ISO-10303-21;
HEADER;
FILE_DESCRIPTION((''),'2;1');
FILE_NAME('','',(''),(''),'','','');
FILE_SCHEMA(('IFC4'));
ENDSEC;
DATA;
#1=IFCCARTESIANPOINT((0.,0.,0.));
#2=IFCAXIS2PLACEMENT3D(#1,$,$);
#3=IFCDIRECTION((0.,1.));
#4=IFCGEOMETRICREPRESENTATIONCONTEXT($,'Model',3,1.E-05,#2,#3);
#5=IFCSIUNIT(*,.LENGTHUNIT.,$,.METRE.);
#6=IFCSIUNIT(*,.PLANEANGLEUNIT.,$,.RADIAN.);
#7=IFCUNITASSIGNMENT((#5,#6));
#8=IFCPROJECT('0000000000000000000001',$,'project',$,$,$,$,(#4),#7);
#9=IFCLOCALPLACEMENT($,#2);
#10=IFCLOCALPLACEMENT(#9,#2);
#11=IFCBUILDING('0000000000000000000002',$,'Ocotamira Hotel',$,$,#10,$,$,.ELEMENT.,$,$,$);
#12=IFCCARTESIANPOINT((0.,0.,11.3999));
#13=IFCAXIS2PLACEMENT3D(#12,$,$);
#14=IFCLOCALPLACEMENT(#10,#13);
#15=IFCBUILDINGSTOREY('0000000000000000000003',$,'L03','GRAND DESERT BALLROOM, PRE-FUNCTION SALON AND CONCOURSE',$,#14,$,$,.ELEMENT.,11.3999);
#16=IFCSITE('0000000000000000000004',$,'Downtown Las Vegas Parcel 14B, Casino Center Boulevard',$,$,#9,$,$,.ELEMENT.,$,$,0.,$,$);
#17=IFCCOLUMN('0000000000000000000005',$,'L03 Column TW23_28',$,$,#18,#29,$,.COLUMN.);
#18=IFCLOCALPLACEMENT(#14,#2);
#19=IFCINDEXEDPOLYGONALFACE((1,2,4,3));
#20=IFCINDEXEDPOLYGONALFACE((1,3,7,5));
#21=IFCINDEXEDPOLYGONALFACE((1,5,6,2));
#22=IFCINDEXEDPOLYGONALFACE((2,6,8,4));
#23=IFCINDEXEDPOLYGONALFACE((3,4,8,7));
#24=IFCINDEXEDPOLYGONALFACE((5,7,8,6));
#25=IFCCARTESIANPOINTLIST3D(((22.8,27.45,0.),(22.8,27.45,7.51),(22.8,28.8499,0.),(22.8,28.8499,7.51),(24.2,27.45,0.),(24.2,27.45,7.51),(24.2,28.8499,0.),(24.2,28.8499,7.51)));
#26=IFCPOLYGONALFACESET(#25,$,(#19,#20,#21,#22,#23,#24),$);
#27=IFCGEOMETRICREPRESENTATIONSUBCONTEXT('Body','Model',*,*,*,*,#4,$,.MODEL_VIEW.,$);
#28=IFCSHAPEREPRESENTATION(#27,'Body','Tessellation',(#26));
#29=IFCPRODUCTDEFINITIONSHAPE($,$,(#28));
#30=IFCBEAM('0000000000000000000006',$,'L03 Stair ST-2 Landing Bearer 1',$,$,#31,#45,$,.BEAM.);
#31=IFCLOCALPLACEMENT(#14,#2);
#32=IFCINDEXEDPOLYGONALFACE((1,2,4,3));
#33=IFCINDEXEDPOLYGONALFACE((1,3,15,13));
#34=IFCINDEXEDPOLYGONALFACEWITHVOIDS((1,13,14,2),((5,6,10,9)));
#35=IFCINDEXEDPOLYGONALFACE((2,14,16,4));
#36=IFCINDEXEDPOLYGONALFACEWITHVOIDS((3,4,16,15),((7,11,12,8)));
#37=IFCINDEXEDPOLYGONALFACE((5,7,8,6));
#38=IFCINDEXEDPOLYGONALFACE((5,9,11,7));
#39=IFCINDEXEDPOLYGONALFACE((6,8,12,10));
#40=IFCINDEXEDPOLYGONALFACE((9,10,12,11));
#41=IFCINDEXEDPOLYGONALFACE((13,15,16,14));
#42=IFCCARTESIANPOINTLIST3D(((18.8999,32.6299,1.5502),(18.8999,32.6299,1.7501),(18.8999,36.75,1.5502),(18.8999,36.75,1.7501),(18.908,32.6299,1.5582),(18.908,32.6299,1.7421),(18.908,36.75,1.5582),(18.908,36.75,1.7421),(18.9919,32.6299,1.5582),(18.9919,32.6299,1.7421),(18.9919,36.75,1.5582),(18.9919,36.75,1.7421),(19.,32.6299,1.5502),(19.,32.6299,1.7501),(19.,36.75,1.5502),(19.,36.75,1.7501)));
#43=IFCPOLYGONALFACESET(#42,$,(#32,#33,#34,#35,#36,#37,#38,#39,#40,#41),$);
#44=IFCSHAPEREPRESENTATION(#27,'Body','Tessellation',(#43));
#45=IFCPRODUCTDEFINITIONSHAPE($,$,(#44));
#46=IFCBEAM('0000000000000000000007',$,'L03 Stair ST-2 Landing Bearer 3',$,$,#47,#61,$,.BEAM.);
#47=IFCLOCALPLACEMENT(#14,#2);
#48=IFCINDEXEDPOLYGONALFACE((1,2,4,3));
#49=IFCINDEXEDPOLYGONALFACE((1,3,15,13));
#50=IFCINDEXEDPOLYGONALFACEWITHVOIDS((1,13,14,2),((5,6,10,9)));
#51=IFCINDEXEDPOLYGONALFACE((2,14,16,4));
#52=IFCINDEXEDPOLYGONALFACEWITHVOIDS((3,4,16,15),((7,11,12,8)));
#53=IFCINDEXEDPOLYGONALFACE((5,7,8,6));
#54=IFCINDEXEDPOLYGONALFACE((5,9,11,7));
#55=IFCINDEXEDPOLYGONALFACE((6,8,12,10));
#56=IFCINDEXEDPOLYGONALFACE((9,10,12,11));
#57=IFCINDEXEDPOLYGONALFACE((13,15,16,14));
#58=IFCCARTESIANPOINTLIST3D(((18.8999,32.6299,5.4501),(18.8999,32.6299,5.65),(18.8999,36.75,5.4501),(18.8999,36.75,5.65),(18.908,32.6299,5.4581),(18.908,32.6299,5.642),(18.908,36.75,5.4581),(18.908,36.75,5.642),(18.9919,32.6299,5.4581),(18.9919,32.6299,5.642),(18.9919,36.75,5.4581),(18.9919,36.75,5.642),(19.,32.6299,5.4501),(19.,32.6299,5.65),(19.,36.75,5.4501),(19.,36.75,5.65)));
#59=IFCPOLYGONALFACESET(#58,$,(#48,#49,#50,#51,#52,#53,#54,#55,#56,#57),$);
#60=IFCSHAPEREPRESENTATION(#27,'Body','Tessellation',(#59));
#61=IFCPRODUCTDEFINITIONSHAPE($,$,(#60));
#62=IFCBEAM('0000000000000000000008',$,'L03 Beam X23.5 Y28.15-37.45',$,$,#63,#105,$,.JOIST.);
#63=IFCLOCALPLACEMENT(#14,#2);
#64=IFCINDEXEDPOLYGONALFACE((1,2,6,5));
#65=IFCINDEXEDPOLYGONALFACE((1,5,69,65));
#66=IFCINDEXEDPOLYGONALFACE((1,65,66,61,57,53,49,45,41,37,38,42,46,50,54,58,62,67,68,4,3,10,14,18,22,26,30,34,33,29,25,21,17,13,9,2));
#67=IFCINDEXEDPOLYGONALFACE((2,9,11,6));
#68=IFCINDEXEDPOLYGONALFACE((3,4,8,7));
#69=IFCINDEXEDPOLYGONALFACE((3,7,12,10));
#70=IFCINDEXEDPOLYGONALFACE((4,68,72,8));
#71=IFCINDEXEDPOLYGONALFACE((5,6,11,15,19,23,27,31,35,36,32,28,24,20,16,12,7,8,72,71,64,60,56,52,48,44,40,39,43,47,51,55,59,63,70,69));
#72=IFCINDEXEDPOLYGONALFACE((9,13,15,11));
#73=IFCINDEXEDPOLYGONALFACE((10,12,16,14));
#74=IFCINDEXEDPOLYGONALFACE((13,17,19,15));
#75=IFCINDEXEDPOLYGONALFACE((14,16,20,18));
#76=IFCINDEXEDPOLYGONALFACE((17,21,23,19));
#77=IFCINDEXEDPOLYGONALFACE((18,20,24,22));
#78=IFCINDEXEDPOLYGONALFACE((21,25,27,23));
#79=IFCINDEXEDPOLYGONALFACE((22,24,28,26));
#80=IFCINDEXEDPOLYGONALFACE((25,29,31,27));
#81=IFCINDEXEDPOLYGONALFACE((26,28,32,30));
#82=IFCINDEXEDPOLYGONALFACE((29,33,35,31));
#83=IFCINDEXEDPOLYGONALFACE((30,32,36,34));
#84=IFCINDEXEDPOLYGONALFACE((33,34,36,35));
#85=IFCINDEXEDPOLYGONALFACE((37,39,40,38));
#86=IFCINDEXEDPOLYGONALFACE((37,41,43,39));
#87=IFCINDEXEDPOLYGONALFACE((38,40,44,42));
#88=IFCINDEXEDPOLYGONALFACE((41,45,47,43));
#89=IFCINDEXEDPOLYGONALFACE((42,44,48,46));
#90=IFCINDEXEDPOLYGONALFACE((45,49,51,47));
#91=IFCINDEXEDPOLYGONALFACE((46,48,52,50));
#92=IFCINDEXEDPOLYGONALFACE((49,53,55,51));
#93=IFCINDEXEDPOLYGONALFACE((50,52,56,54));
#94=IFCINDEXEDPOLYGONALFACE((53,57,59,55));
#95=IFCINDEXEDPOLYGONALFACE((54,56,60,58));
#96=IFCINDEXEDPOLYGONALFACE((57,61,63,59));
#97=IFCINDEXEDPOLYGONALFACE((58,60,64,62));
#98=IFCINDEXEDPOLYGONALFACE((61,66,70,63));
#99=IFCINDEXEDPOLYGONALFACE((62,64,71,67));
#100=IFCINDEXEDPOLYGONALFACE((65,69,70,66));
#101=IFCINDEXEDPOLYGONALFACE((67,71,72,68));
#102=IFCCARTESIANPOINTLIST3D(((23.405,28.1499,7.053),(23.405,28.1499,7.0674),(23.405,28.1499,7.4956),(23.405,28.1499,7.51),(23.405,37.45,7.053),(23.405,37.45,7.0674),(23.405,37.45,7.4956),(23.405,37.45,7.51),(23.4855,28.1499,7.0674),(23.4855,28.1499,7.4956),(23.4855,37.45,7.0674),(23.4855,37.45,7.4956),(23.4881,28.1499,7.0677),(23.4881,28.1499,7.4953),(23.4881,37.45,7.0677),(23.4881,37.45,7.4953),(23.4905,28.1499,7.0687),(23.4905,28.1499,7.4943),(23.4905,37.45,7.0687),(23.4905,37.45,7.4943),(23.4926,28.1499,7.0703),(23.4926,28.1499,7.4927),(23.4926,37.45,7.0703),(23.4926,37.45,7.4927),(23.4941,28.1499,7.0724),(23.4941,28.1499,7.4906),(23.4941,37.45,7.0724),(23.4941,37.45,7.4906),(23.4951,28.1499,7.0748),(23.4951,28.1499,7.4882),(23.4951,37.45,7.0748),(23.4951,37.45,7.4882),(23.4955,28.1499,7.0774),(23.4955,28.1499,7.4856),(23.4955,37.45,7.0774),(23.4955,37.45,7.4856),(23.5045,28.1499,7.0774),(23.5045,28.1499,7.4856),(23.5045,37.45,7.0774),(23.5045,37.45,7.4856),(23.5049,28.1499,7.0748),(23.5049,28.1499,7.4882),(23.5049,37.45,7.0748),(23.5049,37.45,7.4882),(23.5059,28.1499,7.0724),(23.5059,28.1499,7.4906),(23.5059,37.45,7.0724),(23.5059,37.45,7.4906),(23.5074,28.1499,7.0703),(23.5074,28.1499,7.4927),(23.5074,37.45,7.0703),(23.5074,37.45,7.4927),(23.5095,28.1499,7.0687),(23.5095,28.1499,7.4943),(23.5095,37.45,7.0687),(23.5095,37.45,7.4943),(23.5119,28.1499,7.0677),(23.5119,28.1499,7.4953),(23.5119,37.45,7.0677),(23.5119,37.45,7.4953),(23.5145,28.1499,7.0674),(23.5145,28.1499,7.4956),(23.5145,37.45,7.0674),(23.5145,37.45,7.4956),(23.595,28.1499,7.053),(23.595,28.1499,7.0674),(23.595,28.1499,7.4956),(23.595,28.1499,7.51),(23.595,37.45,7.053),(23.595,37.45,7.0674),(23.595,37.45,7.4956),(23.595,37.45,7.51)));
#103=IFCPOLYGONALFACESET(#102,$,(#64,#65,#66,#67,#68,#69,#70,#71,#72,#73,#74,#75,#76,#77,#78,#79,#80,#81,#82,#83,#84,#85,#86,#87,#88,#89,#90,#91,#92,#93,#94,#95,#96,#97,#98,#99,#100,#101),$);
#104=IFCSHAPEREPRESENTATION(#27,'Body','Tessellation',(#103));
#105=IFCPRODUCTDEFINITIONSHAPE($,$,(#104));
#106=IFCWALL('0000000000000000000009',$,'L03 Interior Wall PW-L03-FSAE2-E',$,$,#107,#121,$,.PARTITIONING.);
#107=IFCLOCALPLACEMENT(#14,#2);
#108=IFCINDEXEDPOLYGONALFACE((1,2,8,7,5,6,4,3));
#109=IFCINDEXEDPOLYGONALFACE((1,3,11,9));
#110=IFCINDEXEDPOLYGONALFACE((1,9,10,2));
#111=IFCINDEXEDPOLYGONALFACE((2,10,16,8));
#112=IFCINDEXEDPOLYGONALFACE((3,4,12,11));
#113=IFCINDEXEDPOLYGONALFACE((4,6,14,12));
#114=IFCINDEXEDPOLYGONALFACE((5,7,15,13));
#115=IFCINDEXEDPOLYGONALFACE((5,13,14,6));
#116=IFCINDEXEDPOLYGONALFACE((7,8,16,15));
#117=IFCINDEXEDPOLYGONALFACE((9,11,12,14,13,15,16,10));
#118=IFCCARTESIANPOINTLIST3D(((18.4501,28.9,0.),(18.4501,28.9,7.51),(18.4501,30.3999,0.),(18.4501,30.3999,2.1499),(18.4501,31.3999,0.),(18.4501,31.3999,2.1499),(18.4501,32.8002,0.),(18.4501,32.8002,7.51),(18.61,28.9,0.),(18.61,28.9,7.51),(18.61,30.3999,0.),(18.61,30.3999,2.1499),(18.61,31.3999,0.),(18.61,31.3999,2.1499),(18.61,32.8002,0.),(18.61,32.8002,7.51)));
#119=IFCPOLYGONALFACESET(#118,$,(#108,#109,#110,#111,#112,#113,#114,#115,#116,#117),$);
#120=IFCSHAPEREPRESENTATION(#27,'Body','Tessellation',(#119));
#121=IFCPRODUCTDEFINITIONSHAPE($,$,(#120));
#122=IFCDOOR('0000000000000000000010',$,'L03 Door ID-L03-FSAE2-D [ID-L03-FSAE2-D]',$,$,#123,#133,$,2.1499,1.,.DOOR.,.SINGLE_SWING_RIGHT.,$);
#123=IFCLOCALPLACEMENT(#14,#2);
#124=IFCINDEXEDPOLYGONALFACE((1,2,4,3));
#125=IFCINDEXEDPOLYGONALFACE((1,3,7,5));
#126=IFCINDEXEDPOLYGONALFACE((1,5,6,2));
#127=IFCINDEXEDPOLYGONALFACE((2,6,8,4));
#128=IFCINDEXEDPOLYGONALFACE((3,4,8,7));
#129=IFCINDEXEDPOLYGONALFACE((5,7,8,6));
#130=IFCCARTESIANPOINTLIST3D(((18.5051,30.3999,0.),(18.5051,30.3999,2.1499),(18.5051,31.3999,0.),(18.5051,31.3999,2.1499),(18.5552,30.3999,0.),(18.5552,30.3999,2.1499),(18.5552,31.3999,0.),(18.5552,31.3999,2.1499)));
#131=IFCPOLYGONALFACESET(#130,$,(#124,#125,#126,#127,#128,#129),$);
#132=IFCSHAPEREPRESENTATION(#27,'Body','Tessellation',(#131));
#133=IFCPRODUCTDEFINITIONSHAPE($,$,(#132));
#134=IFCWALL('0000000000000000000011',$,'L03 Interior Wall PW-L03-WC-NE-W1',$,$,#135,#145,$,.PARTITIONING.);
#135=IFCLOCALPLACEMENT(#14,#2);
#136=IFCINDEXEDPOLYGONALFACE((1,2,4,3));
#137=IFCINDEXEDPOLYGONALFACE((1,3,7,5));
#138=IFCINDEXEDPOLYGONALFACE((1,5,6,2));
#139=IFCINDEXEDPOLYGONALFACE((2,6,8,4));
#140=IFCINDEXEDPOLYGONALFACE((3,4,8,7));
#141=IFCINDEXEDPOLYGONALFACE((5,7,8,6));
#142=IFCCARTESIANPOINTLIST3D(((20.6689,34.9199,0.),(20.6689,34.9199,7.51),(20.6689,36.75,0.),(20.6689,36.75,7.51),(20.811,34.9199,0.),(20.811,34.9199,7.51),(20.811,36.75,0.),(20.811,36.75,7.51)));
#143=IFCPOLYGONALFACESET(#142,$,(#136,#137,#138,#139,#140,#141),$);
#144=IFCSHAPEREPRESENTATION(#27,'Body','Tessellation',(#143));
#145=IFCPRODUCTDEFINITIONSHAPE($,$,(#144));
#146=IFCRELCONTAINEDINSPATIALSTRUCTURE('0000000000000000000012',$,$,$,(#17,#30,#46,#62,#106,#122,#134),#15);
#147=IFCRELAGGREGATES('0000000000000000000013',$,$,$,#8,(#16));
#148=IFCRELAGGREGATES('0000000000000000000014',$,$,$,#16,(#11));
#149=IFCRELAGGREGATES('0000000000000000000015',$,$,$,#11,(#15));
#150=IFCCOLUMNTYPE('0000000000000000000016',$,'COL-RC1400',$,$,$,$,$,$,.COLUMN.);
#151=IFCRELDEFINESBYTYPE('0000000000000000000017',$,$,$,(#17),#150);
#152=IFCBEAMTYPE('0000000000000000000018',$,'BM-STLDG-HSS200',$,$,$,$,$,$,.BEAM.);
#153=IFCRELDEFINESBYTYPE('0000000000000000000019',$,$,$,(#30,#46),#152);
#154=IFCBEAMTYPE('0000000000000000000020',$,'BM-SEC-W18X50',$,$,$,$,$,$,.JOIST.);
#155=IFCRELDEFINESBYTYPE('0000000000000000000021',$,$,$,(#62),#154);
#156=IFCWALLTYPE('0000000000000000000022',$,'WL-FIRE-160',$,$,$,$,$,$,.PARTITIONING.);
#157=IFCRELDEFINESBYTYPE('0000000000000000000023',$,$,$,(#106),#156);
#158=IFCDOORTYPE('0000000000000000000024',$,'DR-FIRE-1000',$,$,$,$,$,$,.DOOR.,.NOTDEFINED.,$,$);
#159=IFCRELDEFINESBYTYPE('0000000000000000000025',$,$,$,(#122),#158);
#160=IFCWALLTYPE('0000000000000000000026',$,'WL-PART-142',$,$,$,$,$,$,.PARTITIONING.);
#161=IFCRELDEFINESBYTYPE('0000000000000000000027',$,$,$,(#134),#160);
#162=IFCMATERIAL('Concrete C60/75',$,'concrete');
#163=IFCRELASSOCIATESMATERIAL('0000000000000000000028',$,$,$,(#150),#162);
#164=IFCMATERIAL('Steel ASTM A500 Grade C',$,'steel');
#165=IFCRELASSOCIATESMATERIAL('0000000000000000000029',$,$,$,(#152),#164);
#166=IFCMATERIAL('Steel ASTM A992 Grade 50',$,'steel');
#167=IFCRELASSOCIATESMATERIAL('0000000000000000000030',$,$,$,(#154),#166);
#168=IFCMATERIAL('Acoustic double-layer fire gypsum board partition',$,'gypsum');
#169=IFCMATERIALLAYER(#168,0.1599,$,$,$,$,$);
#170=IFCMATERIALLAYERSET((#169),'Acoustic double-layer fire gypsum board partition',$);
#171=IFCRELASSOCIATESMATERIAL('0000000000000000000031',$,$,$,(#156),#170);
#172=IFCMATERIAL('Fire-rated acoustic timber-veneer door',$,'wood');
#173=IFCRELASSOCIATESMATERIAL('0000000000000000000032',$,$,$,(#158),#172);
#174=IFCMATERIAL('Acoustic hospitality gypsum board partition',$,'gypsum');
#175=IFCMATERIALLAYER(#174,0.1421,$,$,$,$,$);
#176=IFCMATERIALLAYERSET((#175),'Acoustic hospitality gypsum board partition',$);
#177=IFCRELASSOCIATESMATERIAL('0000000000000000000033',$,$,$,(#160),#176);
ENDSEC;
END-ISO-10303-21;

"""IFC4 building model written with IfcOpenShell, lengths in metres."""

from ifc_helpers import new_model, si_unit, direction, frame, frame_2d, origin, origin_2d, place, context, subcontext, project, spatial, rectangle, hollow_rectangle, i_section, extrude, source, transform, mapped, material, layer, layer_set, material_profile, profile_set, type_object, element, fill, save


model = new_model("IFC4")

# Units and contexts
model_context = context("Model", 3, precision=1e-05, world=origin(), true_north=direction((0.0, 1.0)))
body_context = subcontext(model_context, "Body", "Model", "MODEL_VIEW")
ifc_project = project(units=[si_unit("LENGTHUNIT", "METRE"), si_unit("PLANEANGLEUNIT", "RADIAN")], contexts=[model_context])

# Site, building, storey
site_placement = place(None, origin())
site = spatial("IfcSite", under=ifc_project, at=site_placement, Name="Downtown Las Vegas Parcel 14B, Casino Center Boulevard", CompositionType="ELEMENT", RefElevation=0.0)
building_placement = place(site_placement, origin())
building = spatial("IfcBuilding", under=site, at=building_placement, Name="Ocotamira Hotel", CompositionType="ELEMENT")
storey_placement = place(building_placement, frame((0.0, 0.0, 11.3999)))
storey = spatial("IfcBuildingStorey", under=building, at=storey_placement, Name="L03", Description="GRAND DESERT BALLROOM, PRE-FUNCTION SALON AND CONCOURSE", CompositionType="ELEMENT", Elevation=11.3999)

# Column
ifc_material_1 = material(Name="Concrete C60/75", Category="concrete")
ifc_material_profile_1 = material_profile(ifc_material_1, rectangle(XDim=1.3999, YDim=1.3999, at=origin_2d()), Name="RC1400X1400")
ifc_profile_set_1 = profile_set([ifc_material_profile_1], Name="Concrete C60/75")
column_type = type_object("IfcColumnType", Name="COL-RC1400", PredefinedType="COLUMN", material=ifc_profile_set_1)
shared_shape_1 = source(origin(), body_context, "Body", "SweptSolid", [
    extrude(rectangle(XDim=1.3999, YDim=1.3999, at=origin_2d()), origin(), (0.0, 0.0, 1.0), 7.51),
])
column_placement = place(storey_placement, frame((23.5, 28.1499, 0.0), z_axis=(0.0, 0.0, 1.0), x_axis=(1.0, 0.0, 0.0)))
element("IfcColumn", 1, at=column_placement, inside=storey, type_object=column_type, Name="L03 Column TW23_28", PredefinedType="COLUMN", context=body_context, shape_type="MappedRepresentation", body=[
    mapped(shared_shape_1, transform((0.0, 0.0, 0.0), scale=1.0)),
])

# Beams
ifc_material_2 = material(Name="Steel ASTM A500 Grade C", Category="steel")
ifc_material_profile_2 = material_profile(ifc_material_2, hollow_rectangle(XDim=0.1001, YDim=0.2, WallThickness=0.0081, at=origin_2d()), Name="HSS200X100X8")
ifc_profile_set_2 = profile_set([ifc_material_profile_2], Name="Steel ASTM A500 Grade C")
beam_type_1 = type_object("IfcBeamType", Name="BM-STLDG-HSS200", PredefinedType="BEAM", material=ifc_profile_set_2)
shared_shape_2 = source(origin(), body_context, "Body", "SweptSolid", [
    extrude(hollow_rectangle(XDim=0.1001, YDim=0.2, WallThickness=0.0081, at=origin_2d()), origin(), (0.0, 0.0, 1.0), 4.1201),
])
for number, where, z_axis, x_axis, name in (
    (2, (18.95, 32.6299, 1.6501), (0.0, 1.0, 0.0), (-1.0, 0.0, 0.0), "L03 Stair ST-2 Landing Bearer 1"),
    (3, (18.95, 32.6299, 5.55), (0.0, 1.0, 0.0), (-1.0, 0.0, 0.0), "L03 Stair ST-2 Landing Bearer 3"),
):
    element("IfcBeam", number, at=place(storey_placement, frame(where, z_axis=z_axis, x_axis=x_axis)), inside=storey, type_object=beam_type_1, Name=name, PredefinedType="BEAM", context=body_context, shape_type="MappedRepresentation", body=[
        mapped(shared_shape_2, transform((0.0, 0.0, 0.0), scale=1.0)),
    ])
ifc_material_3 = material(Name="Steel ASTM A992 Grade 50", Category="steel")
ifc_material_profile_3 = material_profile(ifc_material_3, i_section(OverallWidth=0.1899, OverallDepth=0.457, WebThickness=0.009, FlangeThickness=0.0144, FilletRadius=0.01, at=origin_2d()), Name="W18X50")
ifc_profile_set_3 = profile_set([ifc_material_profile_3], Name="Steel ASTM A992 Grade 50")
beam_type_2 = type_object("IfcBeamType", Name="BM-SEC-W18X50", PredefinedType="JOIST", material=ifc_profile_set_3)
shared_shape_3 = source(origin(), body_context, "Body", "SweptSolid", [
    extrude(i_section(OverallWidth=0.1899, OverallDepth=0.457, WebThickness=0.009, FlangeThickness=0.0144, FilletRadius=0.01, at=origin_2d()), origin(), (0.0, 0.0, 1.0), 9.3),
])
beam_placement = place(storey_placement, frame((23.5, 28.1499, 7.2815), z_axis=(0.0, 1.0, 0.0), x_axis=(-1.0, 0.0, 0.0)))
element("IfcBeam", 4, at=beam_placement, inside=storey, type_object=beam_type_2, Name="L03 Beam X23.5 Y28.15-37.45", PredefinedType="JOIST", context=body_context, shape_type="MappedRepresentation", body=[
    mapped(shared_shape_3, transform((0.0, 0.0, 0.0), scale=1.0)),
])

# Wall, opening, door
ifc_material_4 = material(Name="Acoustic double-layer fire gypsum board partition", Category="gypsum")
ifc_layer_1 = layer(ifc_material_4, 0.1599)
ifc_layer_set_1 = layer_set([ifc_layer_1], Name="Acoustic double-layer fire gypsum board partition")
wall_type_1 = type_object("IfcWallType", Name="WL-FIRE-160", PredefinedType="PARTITIONING", material=ifc_layer_set_1)
wall_1_placement = place(storey_placement, frame((18.53, 28.8999, 0.0), z_axis=(0.0, 0.0, 1.0), x_axis=(0.0, 1.0, 0.0)))
wall_1 = element("IfcWall", 5, at=wall_1_placement, inside=storey, type_object=wall_type_1, Name="L03 Interior Wall PW-L03-FSAE2-E", PredefinedType="PARTITIONING", context=body_context, shape_type="SweptSolid", body=[
    extrude(rectangle(XDim=3.9001, YDim=0.1599, at=frame_2d((1.9502, 0.0))), origin(), (0.0, 0.0, 1.0), 7.51),
])
opening_1_placement = place(wall_1_placement, frame((1.5, 0.0, 0.0)))
opening_1 = element("IfcOpeningElement", 6, at=opening_1_placement, cuts=wall_1, PredefinedType="OPENING", context=body_context, shape_type="SweptSolid", body=[
    extrude(rectangle(XDim=1.0, YDim=2.1499, at=frame_2d((0.5, 1.075))), frame((0.0, 0.0898, 0.0), z_axis=(0.0, -1.0, 0.0), x_axis=(1.0, 0.0, 0.0)), (0.0, 0.0, 1.0), 0.1799),
])
ifc_material_5 = material(Name="Fire-rated acoustic timber-veneer door", Category="wood")
door_type_1 = type_object("IfcDoorType", Name="DR-FIRE-1000", OperationType="NOTDEFINED", PredefinedType="DOOR", material=ifc_material_5)
shared_shape_4 = source(origin(), body_context, "Body", "SweptSolid", [
    extrude(rectangle(XDim=1.0, YDim=2.1499, at=frame_2d((0.5, 1.075))), frame((0.0, 0.0249, 0.0), z_axis=(0.0, -1.0, 0.0), x_axis=(1.0, 0.0, 0.0)), (0.0, 0.0, 1.0), 0.05),
])
door_1_placement = place(opening_1_placement, origin())
door_1 = element("IfcDoor", 7, at=door_1_placement, inside=storey, type_object=door_type_1, Name="L03 Door ID-L03-FSAE2-D [ID-L03-FSAE2-D]", OperationType="SINGLE_SWING_RIGHT", OverallHeight=2.1499, OverallWidth=1.0, PredefinedType="DOOR", context=body_context, shape_type="MappedRepresentation", body=[
    mapped(shared_shape_4, transform((0.0, 0.0, 0.0), scale=1.0)),
])
fill(opening_1, door_1)

# Wall
ifc_material_6 = material(Name="Acoustic hospitality gypsum board partition", Category="gypsum")
ifc_layer_2 = layer(ifc_material_6, 0.1421)
ifc_layer_set_2 = layer_set([ifc_layer_2], Name="Acoustic hospitality gypsum board partition")
wall_type_2 = type_object("IfcWallType", Name="WL-PART-142", PredefinedType="PARTITIONING", material=ifc_layer_set_2)
wall_2_placement = place(storey_placement, frame((20.74, 34.9199, 0.0), z_axis=(0.0, 0.0, 1.0), x_axis=(0.0, 1.0, 0.0)))
element("IfcWall", 8, at=wall_2_placement, inside=storey, type_object=wall_type_2, Name="L03 Interior Wall PW-L03-WC-NE-W1", PredefinedType="PARTITIONING", context=body_context, shape_type="SweptSolid", body=[
    extrude(rectangle(XDim=1.8301, YDim=0.1421, at=frame_2d((0.915, 0.0))), origin(), (0.0, 0.0, 1.0), 7.51),
])

save(model, "model.ifc")
